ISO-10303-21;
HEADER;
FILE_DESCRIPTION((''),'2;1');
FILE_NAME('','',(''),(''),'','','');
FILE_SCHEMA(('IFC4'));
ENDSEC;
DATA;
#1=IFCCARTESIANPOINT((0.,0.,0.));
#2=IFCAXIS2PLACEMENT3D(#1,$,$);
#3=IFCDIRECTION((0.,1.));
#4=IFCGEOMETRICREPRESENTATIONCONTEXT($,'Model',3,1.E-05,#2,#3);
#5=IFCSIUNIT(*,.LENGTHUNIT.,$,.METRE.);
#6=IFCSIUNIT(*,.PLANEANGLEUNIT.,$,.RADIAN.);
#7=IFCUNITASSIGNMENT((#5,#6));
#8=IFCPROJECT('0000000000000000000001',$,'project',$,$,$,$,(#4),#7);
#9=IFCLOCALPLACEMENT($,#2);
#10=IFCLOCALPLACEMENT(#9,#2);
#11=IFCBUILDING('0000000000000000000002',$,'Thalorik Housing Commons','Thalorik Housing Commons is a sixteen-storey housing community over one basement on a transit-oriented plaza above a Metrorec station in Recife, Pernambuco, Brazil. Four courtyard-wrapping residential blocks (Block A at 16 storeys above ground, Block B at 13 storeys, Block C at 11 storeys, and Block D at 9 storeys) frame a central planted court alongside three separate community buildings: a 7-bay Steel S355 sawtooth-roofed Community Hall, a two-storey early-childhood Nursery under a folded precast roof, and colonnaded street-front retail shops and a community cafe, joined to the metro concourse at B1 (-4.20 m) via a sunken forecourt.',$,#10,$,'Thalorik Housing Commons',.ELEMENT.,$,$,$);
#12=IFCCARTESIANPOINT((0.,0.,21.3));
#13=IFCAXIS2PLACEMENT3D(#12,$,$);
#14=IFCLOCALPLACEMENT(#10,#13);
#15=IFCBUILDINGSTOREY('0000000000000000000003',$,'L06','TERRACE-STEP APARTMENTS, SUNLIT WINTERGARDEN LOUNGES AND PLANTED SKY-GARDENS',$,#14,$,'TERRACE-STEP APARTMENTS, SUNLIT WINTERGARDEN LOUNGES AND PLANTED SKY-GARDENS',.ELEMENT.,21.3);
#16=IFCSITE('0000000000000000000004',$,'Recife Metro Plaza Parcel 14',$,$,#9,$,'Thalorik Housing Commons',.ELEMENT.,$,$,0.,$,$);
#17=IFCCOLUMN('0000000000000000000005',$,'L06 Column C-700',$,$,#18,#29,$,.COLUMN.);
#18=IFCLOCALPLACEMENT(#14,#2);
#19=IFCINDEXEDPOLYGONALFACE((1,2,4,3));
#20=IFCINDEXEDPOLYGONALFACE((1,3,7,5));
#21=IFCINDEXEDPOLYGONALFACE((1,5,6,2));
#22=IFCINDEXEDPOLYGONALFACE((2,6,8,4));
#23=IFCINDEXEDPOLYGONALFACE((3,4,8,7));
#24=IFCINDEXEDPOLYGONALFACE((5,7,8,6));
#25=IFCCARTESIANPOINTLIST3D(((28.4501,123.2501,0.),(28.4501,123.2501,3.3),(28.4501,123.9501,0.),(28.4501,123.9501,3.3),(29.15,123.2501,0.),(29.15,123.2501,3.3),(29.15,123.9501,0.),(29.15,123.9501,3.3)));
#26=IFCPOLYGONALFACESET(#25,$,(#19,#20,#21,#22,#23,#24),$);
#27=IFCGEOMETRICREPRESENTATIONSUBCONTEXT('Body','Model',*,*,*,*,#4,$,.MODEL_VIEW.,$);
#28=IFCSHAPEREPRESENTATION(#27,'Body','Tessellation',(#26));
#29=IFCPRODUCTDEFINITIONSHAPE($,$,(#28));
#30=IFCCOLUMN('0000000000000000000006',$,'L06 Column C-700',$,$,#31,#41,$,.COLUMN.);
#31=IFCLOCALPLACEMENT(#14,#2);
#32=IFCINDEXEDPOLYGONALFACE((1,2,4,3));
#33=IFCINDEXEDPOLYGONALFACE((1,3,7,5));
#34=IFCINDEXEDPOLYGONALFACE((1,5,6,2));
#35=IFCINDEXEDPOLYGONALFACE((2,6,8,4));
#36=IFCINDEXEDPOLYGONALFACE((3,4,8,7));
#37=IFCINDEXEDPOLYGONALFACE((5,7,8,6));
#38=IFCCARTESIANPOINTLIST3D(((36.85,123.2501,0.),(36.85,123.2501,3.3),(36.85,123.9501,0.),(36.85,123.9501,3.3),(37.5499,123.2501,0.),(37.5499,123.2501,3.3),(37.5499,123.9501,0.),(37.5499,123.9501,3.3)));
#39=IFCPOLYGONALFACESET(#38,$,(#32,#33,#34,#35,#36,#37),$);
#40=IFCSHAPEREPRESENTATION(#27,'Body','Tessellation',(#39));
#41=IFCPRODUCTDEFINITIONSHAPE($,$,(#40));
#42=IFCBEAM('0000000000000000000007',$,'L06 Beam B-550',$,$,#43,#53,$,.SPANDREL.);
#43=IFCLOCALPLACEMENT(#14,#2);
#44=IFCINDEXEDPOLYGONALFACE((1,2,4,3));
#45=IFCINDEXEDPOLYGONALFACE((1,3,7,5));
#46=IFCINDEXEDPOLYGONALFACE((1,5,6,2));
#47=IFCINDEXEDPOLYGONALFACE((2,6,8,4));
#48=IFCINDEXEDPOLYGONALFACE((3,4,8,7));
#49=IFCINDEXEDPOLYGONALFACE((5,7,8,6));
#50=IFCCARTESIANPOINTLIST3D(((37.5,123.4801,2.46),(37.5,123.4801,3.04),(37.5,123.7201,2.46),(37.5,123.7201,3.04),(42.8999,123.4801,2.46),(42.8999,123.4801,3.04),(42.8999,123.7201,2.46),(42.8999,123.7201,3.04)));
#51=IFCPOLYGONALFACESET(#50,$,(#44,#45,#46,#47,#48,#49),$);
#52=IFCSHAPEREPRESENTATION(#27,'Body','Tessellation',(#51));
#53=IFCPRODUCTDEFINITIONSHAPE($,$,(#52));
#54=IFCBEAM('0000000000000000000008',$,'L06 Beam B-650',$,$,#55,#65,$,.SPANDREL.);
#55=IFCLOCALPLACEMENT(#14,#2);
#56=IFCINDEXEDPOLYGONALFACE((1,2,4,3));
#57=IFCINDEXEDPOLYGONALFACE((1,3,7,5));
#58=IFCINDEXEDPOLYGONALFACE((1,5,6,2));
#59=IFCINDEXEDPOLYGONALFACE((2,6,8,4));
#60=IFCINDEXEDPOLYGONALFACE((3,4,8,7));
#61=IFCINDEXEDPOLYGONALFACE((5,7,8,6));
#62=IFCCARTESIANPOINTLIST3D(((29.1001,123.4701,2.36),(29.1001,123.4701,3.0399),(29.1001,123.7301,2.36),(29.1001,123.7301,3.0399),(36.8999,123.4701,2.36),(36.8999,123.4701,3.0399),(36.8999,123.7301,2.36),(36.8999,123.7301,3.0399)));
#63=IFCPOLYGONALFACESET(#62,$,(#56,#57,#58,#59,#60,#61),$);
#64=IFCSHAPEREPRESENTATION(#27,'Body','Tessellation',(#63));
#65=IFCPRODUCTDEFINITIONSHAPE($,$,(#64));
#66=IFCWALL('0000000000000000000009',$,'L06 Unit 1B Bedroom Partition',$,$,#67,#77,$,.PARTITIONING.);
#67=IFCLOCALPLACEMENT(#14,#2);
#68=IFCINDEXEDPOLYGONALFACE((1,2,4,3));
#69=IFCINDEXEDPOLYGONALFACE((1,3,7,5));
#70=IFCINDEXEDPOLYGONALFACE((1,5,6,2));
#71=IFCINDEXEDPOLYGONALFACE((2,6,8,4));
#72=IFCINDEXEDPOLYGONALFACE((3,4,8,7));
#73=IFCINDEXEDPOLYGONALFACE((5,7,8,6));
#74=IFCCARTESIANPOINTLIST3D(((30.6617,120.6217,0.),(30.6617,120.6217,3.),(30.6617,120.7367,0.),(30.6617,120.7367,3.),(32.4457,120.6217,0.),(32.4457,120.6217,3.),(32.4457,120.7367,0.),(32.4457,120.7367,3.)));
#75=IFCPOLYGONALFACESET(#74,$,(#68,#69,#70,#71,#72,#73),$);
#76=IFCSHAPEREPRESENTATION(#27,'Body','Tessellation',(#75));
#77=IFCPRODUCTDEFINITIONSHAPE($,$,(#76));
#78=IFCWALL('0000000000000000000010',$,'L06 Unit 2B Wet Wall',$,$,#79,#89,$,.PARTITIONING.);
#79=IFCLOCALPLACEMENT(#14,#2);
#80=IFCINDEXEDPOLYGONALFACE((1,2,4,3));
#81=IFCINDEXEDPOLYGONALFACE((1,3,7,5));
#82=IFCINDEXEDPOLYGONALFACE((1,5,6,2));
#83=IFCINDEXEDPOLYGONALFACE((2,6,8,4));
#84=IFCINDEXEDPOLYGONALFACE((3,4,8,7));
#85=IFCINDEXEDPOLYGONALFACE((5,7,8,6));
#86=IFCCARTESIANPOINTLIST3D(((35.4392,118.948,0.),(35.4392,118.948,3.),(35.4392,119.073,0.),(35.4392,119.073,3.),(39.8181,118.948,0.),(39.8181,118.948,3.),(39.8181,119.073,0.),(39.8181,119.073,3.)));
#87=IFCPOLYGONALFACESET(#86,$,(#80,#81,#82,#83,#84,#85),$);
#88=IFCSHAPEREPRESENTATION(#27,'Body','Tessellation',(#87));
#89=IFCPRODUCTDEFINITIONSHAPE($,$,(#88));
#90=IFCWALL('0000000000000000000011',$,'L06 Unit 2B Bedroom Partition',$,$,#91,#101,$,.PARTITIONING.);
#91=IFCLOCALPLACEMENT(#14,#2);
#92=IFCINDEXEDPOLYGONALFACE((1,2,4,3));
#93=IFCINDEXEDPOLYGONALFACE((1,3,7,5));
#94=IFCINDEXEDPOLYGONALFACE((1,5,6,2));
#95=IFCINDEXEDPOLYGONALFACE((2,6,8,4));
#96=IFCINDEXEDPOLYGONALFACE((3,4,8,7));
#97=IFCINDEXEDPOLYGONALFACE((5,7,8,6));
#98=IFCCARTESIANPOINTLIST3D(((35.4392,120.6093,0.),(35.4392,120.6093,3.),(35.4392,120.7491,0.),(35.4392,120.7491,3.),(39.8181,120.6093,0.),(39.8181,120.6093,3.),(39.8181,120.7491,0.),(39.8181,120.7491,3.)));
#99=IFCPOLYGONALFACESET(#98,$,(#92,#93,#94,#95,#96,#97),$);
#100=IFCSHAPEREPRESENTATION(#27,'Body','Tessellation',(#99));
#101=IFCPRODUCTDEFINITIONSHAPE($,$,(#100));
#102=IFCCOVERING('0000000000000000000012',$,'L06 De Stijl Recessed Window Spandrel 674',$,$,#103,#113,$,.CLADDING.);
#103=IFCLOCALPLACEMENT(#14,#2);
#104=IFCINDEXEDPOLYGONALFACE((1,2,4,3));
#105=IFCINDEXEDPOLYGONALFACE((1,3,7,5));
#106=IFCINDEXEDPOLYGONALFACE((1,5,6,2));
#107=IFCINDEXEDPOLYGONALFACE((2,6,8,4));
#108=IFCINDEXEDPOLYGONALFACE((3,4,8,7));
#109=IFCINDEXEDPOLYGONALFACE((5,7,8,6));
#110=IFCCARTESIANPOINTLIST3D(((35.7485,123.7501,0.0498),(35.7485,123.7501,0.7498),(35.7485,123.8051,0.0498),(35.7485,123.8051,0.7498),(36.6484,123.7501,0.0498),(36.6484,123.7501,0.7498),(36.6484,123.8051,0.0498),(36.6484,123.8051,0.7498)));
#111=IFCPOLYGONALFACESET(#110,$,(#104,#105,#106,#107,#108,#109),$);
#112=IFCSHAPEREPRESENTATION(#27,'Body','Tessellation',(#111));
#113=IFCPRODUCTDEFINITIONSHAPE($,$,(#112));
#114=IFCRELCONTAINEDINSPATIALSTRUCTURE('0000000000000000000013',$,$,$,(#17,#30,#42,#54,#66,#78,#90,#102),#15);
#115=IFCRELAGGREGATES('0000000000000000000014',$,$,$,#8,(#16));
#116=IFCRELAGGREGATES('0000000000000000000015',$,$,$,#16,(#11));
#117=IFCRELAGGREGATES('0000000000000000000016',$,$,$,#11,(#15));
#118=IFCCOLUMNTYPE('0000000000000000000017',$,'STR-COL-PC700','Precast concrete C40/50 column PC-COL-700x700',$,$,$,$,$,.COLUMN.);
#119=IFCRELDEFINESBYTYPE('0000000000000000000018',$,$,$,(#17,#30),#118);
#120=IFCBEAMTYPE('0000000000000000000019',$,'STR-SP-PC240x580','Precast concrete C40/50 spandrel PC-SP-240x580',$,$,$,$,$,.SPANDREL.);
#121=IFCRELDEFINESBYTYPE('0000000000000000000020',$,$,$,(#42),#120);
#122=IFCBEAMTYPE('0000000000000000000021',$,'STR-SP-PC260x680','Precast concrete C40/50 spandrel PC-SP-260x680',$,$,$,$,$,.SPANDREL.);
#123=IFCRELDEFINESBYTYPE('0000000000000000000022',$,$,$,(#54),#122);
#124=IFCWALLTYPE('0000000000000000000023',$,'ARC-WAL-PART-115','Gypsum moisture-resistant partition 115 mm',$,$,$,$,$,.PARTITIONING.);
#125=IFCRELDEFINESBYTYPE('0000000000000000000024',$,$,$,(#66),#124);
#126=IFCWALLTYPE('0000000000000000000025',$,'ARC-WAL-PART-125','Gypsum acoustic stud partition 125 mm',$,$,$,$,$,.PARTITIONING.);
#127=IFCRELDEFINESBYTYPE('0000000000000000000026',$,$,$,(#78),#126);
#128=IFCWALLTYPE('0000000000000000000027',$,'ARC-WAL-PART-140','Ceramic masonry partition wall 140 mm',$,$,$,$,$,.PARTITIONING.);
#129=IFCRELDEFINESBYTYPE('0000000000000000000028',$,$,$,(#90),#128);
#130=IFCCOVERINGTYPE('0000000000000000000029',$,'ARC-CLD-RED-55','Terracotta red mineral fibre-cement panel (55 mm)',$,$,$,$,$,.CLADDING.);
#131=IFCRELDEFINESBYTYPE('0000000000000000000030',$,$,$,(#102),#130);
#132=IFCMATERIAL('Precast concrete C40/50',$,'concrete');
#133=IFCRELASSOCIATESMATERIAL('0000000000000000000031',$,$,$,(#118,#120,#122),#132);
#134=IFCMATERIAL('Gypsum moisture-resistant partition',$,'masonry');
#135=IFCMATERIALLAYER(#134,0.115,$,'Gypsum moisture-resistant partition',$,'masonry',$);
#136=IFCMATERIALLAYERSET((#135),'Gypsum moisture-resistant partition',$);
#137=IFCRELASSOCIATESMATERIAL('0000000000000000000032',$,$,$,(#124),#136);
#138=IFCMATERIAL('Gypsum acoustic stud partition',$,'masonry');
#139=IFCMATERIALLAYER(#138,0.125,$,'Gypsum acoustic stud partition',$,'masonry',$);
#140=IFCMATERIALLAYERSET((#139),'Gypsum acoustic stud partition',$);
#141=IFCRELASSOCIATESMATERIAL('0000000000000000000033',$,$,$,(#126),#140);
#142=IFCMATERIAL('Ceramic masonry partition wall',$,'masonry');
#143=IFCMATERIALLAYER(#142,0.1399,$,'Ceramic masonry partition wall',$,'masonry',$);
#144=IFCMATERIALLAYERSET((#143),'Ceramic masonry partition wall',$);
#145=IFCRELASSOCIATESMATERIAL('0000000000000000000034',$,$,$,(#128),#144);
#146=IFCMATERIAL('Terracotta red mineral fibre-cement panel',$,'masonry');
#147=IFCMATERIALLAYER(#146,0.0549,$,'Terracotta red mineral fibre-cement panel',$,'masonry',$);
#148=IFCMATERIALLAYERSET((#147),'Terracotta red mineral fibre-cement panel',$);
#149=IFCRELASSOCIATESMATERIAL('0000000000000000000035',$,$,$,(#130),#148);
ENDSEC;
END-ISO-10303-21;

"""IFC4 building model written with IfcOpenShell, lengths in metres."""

from ifc_helpers import new_model, si_unit, direction, frame, frame_2d, origin, origin_2d, place, context, subcontext, project, spatial, rectangle, extrude, material, layer, layer_set, material_profile, profile_set, type_object, element, save


model = new_model("IFC4")

# Units and contexts
model_context = context("Model", 3, precision=1e-05, world=origin(), true_north=direction((0.0, 1.0)))
body_context = subcontext(model_context, "Body", "Model", "MODEL_VIEW")
ifc_project = project(units=[si_unit("LENGTHUNIT", "METRE"), si_unit("PLANEANGLEUNIT", "RADIAN")], contexts=[model_context])

# Site, building, storey
site_placement = place(None, origin())
site = spatial("IfcSite", under=ifc_project, at=site_placement, Name="Recife Metro Plaza Parcel 14", LongName="Thalorik Housing Commons", CompositionType="ELEMENT", RefElevation=0.0)
building_placement = place(site_placement, origin())
building = spatial("IfcBuilding", under=site, at=building_placement, Name="Thalorik Housing Commons", Description="Thalorik Housing Commons is a sixteen-storey housing community over one basement on a transit-oriented plaza above a Metrorec station in Recife, Pernambuco, Brazil. Four courtyard-wrapping residential blocks (Block A at 16 storeys above ground, Block B at 13 storeys, Block C at 11 storeys, and Block D at 9 storeys) frame a central planted court alongside three separate community buildings: a 7-bay Steel S355 sawtooth-roofed Community Hall, a two-storey early-childhood Nursery under a folded precast roof, and colonnaded street-front retail shops and a community cafe, joined to the metro concourse at B1 (-4.20 m) via a sunken forecourt.", LongName="Thalorik Housing Commons", CompositionType="ELEMENT")
storey_placement = place(building_placement, frame((0.0, 0.0, 21.3)))
storey = spatial("IfcBuildingStorey", under=building, at=storey_placement, Name="L06", Description="TERRACE-STEP APARTMENTS, SUNLIT WINTERGARDEN LOUNGES AND PLANTED SKY-GARDENS", LongName="TERRACE-STEP APARTMENTS, SUNLIT WINTERGARDEN LOUNGES AND PLANTED SKY-GARDENS", CompositionType="ELEMENT", Elevation=21.3)

# Columns
ifc_material_1 = material(Name="Precast concrete C40/50", Category="concrete")
ifc_material_profile_1 = material_profile(ifc_material_1, rectangle(XDim=0.7, YDim=0.7, at=origin_2d()), Name="PC 700x700", Category="concrete")
ifc_profile_set_1 = profile_set([ifc_material_profile_1], Name="Precast concrete C40/50")
column_type = type_object("IfcColumnType", Name="STR-COL-PC700", Description="Precast concrete C40/50 column PC-COL-700x700", PredefinedType="COLUMN", material=ifc_profile_set_1)
for number, where, z_axis, x_axis, name in (
    (1, (28.8, 123.6001, 0.0), (0.0, 0.0, 1.0), (1.0, 0.0, 0.0), "L06 Column C-700"),
    (2, (37.2, 123.6001, 0.0), (0.0, 0.0, 1.0), (1.0, 0.0, 0.0), "L06 Column C-700"),
):
    element("IfcColumn", number, at=place(storey_placement, frame(where, z_axis=z_axis, x_axis=x_axis)), inside=storey, type_object=column_type, Name=name, PredefinedType="COLUMN", context=body_context, shape_type="SweptSolid", body=[
        extrude(rectangle(XDim=0.7, YDim=0.7, at=origin_2d()), origin(), (0.0, 0.0, 1.0), 3.3),
    ])

# Beams
ifc_material_profile_2 = material_profile(ifc_material_1, rectangle(XDim=0.24, YDim=0.5801, at=origin_2d()), Name="PC SP 240x580", Category="concrete")
ifc_profile_set_2 = profile_set([ifc_material_profile_2], Name="Precast concrete C40/50")
beam_type_1 = type_object("IfcBeamType", Name="STR-SP-PC240x580", Description="Precast concrete C40/50 spandrel PC-SP-240x580", PredefinedType="SPANDREL", material=ifc_profile_set_2)
beam_1_placement = place(storey_placement, frame((37.5, 123.6001, 2.75), z_axis=(1.0, 0.0, 0.0), x_axis=(0.0, 1.0, 0.0)))
element("IfcBeam", 3, at=beam_1_placement, inside=storey, type_object=beam_type_1, Name="L06 Beam B-550", PredefinedType="SPANDREL", context=body_context, shape_type="SweptSolid", body=[
    extrude(rectangle(XDim=0.24, YDim=0.5801, at=origin_2d()), origin(), (0.0, 0.0, 1.0), 5.3999),
])
ifc_material_profile_3 = material_profile(ifc_material_1, rectangle(XDim=0.26, YDim=0.6799, at=origin_2d()), Name="PC SP 260x680", Category="concrete")
ifc_profile_set_3 = profile_set([ifc_material_profile_3], Name="Precast concrete C40/50")
beam_type_2 = type_object("IfcBeamType", Name="STR-SP-PC260x680", Description="Precast concrete C40/50 spandrel PC-SP-260x680", PredefinedType="SPANDREL", material=ifc_profile_set_3)
beam_2_placement = place(storey_placement, frame((29.1001, 123.6001, 2.7), z_axis=(1.0, 0.0, 0.0), x_axis=(0.0, 1.0, 0.0)))
element("IfcBeam", 4, at=beam_2_placement, inside=storey, type_object=beam_type_2, Name="L06 Beam B-650", PredefinedType="SPANDREL", context=body_context, shape_type="SweptSolid", body=[
    extrude(rectangle(XDim=0.26, YDim=0.6799, at=origin_2d()), origin(), (0.0, 0.0, 1.0), 7.7998),
])

# Walls
ifc_material_2 = material(Name="Gypsum moisture-resistant partition", Category="masonry")
ifc_layer_1 = layer(ifc_material_2, 0.115, Name="Gypsum moisture-resistant partition", Category="masonry")
ifc_layer_set_1 = layer_set([ifc_layer_1], Name="Gypsum moisture-resistant partition")
wall_type_1 = type_object("IfcWallType", Name="ARC-WAL-PART-115", Description="Gypsum moisture-resistant partition 115 mm", PredefinedType="PARTITIONING", material=ifc_layer_set_1)
wall_1_placement = place(storey_placement, frame((30.6616, 120.6792, 0.0), z_axis=(0.0, 0.0, 1.0), x_axis=(1.0, 0.0, 0.0)))
element("IfcWall", 5, at=wall_1_placement, inside=storey, type_object=wall_type_1, Name="L06 Unit 1B Bedroom Partition", PredefinedType="PARTITIONING", context=body_context, shape_type="SweptSolid", body=[
    extrude(rectangle(XDim=1.7839, YDim=0.115, at=frame_2d((0.8921, 0.0))), origin(), (0.0, 0.0, 1.0), 3.0),
])
ifc_material_3 = material(Name="Gypsum acoustic stud partition", Category="masonry")
ifc_layer_2 = layer(ifc_material_3, 0.125, Name="Gypsum acoustic stud partition", Category="masonry")
ifc_layer_set_2 = layer_set([ifc_layer_2], Name="Gypsum acoustic stud partition")
wall_type_2 = type_object("IfcWallType", Name="ARC-WAL-PART-125", Description="Gypsum acoustic stud partition 125 mm", PredefinedType="PARTITIONING", material=ifc_layer_set_2)
wall_2_placement = place(storey_placement, frame((35.4392, 119.0105, 0.0), z_axis=(0.0, 0.0, 1.0), x_axis=(1.0, 0.0, 0.0)))
element("IfcWall", 6, at=wall_2_placement, inside=storey, type_object=wall_type_2, Name="L06 Unit 2B Wet Wall", PredefinedType="PARTITIONING", context=body_context, shape_type="SweptSolid", body=[
    extrude(rectangle(XDim=4.3789, YDim=0.125, at=frame_2d((2.1895, 0.0))), origin(), (0.0, 0.0, 1.0), 3.0),
])
ifc_material_4 = material(Name="Ceramic masonry partition wall", Category="masonry")
ifc_layer_3 = layer(ifc_material_4, 0.1399, Name="Ceramic masonry partition wall", Category="masonry")
ifc_layer_set_3 = layer_set([ifc_layer_3], Name="Ceramic masonry partition wall")
wall_type_3 = type_object("IfcWallType", Name="ARC-WAL-PART-140", Description="Ceramic masonry partition wall 140 mm", PredefinedType="PARTITIONING", material=ifc_layer_set_3)
wall_3_placement = place(storey_placement, frame((35.4392, 120.6792, 0.0), z_axis=(0.0, 0.0, 1.0), x_axis=(1.0, 0.0, 0.0)))
element("IfcWall", 7, at=wall_3_placement, inside=storey, type_object=wall_type_3, Name="L06 Unit 2B Bedroom Partition", PredefinedType="PARTITIONING", context=body_context, shape_type="SweptSolid", body=[
    extrude(rectangle(XDim=4.3789, YDim=0.1399, at=frame_2d((2.1895, 0.0))), origin(), (0.0, 0.0, 1.0), 3.0),
])

# Covering
ifc_material_5 = material(Name="Terracotta red mineral fibre-cement panel", Category="masonry")
ifc_layer_4 = layer(ifc_material_5, 0.0549, Name="Terracotta red mineral fibre-cement panel", Category="masonry")
ifc_layer_set_4 = layer_set([ifc_layer_4], Name="Terracotta red mineral fibre-cement panel")
covering_type_1 = type_object("IfcCoveringType", Name="ARC-CLD-RED-55", Description="Terracotta red mineral fibre-cement panel (55 mm)", PredefinedType="CLADDING", material=ifc_layer_set_4)
covering_1_placement = place(storey_placement, frame((36.1985, 123.7776, 0.0498), z_axis=(0.0, 0.0, 1.0), x_axis=(-1.0, 0.0, 0.0)))
element("IfcCovering", 8, at=covering_1_placement, inside=storey, type_object=covering_type_1, Name="L06 De Stijl Recessed Window Spandrel 674", PredefinedType="CLADDING", context=body_context, shape_type="SweptSolid", body=[
    extrude(rectangle(XDim=0.8999, YDim=0.0549, at=origin_2d()), origin(), (0.0, 0.0, 1.0), 0.7),
])

save(model, "model.ifc")
